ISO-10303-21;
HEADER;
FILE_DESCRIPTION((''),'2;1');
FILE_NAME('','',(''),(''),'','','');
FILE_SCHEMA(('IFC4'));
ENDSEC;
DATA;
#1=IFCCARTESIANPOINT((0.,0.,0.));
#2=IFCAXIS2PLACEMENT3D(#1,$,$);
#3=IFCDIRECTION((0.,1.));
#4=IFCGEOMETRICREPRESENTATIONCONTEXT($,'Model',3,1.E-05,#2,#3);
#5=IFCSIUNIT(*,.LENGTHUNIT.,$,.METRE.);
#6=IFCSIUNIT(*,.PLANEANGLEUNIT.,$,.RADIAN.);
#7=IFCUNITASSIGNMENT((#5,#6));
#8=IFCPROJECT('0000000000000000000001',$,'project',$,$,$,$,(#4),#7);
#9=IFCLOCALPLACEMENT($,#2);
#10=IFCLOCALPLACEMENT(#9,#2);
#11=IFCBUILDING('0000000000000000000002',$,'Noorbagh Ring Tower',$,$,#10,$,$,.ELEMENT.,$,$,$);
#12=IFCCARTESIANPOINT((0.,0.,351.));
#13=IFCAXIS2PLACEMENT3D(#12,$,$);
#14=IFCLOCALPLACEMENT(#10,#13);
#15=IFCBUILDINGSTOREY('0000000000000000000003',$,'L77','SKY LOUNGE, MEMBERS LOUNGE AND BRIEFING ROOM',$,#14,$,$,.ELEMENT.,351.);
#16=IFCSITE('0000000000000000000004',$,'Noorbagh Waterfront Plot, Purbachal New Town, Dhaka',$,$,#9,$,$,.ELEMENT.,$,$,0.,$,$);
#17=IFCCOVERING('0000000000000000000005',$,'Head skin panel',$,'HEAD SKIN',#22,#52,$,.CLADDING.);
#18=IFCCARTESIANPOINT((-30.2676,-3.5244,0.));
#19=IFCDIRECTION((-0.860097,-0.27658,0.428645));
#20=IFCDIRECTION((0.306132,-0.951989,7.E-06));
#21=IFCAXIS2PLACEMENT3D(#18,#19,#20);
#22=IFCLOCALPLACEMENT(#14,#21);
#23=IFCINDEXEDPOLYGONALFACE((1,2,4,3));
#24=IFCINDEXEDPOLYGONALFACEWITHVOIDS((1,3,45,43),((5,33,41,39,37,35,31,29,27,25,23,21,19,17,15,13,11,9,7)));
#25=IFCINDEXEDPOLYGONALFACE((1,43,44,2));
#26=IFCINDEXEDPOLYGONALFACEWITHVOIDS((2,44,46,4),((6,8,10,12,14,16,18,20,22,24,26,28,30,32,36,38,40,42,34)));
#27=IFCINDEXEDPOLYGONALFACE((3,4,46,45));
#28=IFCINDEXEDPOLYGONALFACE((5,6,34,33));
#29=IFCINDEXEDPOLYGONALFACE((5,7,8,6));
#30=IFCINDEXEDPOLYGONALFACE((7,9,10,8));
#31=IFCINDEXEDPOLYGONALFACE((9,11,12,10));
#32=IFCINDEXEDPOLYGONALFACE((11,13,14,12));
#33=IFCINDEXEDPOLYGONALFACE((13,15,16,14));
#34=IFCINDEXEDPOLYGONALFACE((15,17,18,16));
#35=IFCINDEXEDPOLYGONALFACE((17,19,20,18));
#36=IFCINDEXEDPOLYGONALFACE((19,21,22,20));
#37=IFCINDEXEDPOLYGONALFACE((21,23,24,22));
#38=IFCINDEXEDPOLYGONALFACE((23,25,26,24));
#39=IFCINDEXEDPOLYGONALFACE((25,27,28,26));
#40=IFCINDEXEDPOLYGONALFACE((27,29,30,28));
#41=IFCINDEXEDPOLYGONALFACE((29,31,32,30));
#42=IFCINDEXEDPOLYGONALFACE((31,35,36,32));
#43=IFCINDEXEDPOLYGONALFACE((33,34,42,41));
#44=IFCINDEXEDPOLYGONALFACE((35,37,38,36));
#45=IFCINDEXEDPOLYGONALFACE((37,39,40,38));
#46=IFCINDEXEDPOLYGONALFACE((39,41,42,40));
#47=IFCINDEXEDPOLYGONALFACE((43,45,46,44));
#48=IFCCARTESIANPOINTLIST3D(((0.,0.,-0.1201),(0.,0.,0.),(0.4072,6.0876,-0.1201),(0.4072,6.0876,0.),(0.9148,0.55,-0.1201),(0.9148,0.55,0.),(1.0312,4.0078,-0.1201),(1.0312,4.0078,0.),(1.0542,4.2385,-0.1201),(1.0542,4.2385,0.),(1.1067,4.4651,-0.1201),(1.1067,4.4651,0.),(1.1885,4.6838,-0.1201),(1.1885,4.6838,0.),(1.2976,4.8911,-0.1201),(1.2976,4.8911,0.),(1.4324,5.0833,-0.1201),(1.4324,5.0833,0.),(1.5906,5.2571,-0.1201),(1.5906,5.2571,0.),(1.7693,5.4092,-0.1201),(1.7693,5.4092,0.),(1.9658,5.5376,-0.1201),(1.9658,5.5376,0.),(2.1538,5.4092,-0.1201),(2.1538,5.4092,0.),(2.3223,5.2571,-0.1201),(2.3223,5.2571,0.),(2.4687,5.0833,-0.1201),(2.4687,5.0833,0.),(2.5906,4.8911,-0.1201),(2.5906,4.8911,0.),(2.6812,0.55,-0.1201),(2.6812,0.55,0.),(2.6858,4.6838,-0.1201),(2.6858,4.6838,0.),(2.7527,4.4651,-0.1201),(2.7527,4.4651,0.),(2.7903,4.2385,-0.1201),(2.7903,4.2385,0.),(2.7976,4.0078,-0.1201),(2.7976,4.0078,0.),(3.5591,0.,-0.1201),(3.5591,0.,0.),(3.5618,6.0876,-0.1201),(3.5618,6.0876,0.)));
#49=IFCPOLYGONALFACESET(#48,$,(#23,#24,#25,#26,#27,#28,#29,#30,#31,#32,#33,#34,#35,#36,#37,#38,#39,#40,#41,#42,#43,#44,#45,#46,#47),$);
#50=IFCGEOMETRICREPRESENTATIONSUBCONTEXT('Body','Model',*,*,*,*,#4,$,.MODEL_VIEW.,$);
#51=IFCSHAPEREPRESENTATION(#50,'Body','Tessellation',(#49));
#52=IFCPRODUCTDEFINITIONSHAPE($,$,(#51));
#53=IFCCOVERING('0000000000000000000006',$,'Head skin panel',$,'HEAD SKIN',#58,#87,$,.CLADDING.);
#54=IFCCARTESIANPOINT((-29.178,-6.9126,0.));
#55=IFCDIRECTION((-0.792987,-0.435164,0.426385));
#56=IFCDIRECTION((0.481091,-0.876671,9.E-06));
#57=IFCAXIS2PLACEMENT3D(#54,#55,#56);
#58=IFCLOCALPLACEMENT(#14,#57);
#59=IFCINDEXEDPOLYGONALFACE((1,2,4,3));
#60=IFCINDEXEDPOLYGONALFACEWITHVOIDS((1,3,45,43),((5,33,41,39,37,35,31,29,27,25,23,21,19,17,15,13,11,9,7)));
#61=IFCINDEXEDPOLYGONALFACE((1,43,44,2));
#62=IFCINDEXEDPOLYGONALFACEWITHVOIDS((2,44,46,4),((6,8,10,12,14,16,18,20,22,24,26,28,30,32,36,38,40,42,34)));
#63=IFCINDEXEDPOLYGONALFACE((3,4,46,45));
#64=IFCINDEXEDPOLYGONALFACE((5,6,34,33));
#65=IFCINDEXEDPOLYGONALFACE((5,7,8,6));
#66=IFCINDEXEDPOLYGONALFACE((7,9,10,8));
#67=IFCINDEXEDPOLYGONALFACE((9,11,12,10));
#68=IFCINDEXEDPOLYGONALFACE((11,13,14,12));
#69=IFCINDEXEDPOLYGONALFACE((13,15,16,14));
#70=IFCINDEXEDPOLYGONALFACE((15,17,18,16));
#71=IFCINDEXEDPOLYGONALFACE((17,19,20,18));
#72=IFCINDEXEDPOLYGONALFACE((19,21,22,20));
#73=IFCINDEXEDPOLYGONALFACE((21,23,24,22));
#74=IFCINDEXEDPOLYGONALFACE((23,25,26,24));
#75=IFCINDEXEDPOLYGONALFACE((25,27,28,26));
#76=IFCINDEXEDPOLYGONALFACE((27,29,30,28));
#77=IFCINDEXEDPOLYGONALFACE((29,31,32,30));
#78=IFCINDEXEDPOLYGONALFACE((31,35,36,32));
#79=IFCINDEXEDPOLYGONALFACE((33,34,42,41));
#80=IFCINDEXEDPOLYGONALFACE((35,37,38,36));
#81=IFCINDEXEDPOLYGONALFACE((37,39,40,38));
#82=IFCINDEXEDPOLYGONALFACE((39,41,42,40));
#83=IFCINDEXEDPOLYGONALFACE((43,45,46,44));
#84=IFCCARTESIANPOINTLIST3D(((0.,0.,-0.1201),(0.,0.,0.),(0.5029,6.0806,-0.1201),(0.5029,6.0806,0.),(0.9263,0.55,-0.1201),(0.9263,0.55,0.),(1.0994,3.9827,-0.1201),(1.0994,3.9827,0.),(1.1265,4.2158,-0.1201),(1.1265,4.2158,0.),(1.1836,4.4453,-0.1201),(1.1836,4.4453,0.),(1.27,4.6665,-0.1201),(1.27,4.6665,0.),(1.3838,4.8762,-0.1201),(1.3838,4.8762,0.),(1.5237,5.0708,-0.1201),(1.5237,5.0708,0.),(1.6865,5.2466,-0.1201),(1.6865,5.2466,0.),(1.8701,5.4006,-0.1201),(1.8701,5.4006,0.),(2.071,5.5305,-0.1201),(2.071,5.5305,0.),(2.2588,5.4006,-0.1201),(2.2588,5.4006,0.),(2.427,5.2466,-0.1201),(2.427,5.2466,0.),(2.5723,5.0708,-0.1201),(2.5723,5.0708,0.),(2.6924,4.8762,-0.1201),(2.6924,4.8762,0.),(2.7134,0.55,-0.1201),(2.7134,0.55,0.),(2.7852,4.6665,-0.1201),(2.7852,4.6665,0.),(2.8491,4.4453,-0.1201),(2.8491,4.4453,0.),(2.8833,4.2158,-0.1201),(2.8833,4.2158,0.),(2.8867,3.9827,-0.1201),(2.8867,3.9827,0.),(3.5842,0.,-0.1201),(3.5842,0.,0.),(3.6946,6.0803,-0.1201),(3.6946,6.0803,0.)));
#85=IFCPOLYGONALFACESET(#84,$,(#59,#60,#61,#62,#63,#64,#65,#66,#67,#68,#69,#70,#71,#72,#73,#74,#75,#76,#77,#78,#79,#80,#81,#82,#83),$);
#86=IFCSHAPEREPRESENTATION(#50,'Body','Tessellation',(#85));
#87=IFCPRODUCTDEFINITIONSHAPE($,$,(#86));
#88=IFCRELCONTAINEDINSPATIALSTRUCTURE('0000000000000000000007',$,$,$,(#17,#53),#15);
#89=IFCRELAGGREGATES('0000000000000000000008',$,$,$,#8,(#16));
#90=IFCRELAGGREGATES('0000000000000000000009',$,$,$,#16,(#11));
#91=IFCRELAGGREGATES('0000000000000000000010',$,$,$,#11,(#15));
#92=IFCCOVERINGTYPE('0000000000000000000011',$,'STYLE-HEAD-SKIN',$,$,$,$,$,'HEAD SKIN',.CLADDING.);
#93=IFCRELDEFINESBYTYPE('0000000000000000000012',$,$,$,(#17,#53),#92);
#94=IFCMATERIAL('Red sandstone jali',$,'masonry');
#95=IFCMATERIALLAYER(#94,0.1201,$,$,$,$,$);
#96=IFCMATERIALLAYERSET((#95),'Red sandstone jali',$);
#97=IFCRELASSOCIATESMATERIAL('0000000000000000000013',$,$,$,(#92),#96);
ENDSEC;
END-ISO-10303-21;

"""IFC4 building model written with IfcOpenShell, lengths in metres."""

from ifc_helpers import new_model, si_unit, direction, frame, origin, place, context, subcontext, project, spatial, polyline, outline, extrude, material, layer, layer_set, type_object, element, save


model = new_model("IFC4")

# Units and contexts
model_context = context("Model", 3, precision=1e-05, world=origin(), true_north=direction((0.0, 1.0)))
body_context = subcontext(model_context, "Body", "Model", "MODEL_VIEW")
ifc_project = project(units=[si_unit("LENGTHUNIT", "METRE"), si_unit("PLANEANGLEUNIT", "RADIAN")], contexts=[model_context])

# Site, building, storey
site_placement = place(None, origin())
site = spatial("IfcSite", under=ifc_project, at=site_placement, Name="Noorbagh Waterfront Plot, Purbachal New Town, Dhaka", CompositionType="ELEMENT", RefElevation=0.0)
building_placement = place(site_placement, origin())
building = spatial("IfcBuilding", under=site, at=building_placement, Name="Noorbagh Ring Tower", CompositionType="ELEMENT")
storey_placement = place(building_placement, frame((0.0, 0.0, 351.0)))
storey = spatial("IfcBuildingStorey", under=building, at=storey_placement, Name="L77", Description="SKY LOUNGE, MEMBERS LOUNGE AND BRIEFING ROOM", CompositionType="ELEMENT", Elevation=351.0)

# Coverings
ifc_material_1 = material(Name="Red sandstone jali", Category="masonry")
ifc_layer_1 = layer(ifc_material_1, 0.1201)
ifc_layer_set_1 = layer_set([ifc_layer_1], Name="Red sandstone jali")
covering_type_1 = type_object("IfcCoveringType", Name="STYLE-HEAD-SKIN", ElementType="HEAD SKIN", PredefinedType="CLADDING", material=ifc_layer_set_1)
covering_1_placement = place(storey_placement, frame((-30.2676, -3.5244, 0.0), z_axis=(-0.860097, -0.27658, 0.428645), x_axis=(0.306132, -0.951989, 0.000007)))
element("IfcCovering", 1, at=covering_1_placement, inside=storey, type_object=covering_type_1, Name="Head skin panel", ObjectType="HEAD SKIN", PredefinedType="CLADDING", context=body_context, shape_type="SweptSolid", body=[
    extrude(outline(polyline([(0.0, 0.0), (3.5591, 0.0), (3.5618, 6.0876), (0.4072, 6.0876), (0.0, 0.0)]), holes=[polyline([(0.9148, 0.55), (1.0312, 4.0078), (1.0542, 4.2385), (1.1067, 4.4651), (1.1885, 4.6838), (1.2976, 4.8911), (1.4324, 5.0833), (1.5906, 5.2571), (1.7693, 5.4092), (1.9658, 5.5376), (2.1538, 5.4092), (2.3223, 5.2571), (2.4688, 5.0833), (2.5906, 4.8911), (2.6858, 4.6838), (2.7527, 4.4651), (2.7903, 4.2385), (2.7976, 4.0078), (2.6812, 0.55), (0.9148, 0.55)])]), origin(), (0.0, 0.0, -1.0), 0.1201),
])
covering_2_placement = place(storey_placement, frame((-29.178, -6.9126, 0.0), z_axis=(-0.792987, -0.435164, 0.426385), x_axis=(0.481091, -0.876671, 0.000009)))
element("IfcCovering", 2, at=covering_2_placement, inside=storey, type_object=covering_type_1, Name="Head skin panel", ObjectType="HEAD SKIN", PredefinedType="CLADDING", context=body_context, shape_type="SweptSolid", body=[
    extrude(outline(polyline([(0.0, 0.0), (3.5842, 0.0), (3.6946, 6.0803), (0.5029, 6.0806), (0.0, 0.0)]), holes=[polyline([(0.9263, 0.55), (1.0994, 3.9827), (1.1265, 4.2158), (1.1836, 4.4453), (1.27, 4.6665), (1.3838, 4.8762), (1.5237, 5.0708), (1.6865, 5.2466), (1.8701, 5.4006), (2.071, 5.5305), (2.2588, 5.4006), (2.427, 5.2466), (2.5723, 5.0708), (2.6924, 4.8762), (2.7852, 4.6665), (2.8491, 4.4453), (2.8833, 4.2158), (2.8867, 3.9827), (2.7134, 0.55), (0.9263, 0.55)])]), origin(), (0.0, 0.0, -1.0), 0.1201),
])

save(model, "model.ifc")
